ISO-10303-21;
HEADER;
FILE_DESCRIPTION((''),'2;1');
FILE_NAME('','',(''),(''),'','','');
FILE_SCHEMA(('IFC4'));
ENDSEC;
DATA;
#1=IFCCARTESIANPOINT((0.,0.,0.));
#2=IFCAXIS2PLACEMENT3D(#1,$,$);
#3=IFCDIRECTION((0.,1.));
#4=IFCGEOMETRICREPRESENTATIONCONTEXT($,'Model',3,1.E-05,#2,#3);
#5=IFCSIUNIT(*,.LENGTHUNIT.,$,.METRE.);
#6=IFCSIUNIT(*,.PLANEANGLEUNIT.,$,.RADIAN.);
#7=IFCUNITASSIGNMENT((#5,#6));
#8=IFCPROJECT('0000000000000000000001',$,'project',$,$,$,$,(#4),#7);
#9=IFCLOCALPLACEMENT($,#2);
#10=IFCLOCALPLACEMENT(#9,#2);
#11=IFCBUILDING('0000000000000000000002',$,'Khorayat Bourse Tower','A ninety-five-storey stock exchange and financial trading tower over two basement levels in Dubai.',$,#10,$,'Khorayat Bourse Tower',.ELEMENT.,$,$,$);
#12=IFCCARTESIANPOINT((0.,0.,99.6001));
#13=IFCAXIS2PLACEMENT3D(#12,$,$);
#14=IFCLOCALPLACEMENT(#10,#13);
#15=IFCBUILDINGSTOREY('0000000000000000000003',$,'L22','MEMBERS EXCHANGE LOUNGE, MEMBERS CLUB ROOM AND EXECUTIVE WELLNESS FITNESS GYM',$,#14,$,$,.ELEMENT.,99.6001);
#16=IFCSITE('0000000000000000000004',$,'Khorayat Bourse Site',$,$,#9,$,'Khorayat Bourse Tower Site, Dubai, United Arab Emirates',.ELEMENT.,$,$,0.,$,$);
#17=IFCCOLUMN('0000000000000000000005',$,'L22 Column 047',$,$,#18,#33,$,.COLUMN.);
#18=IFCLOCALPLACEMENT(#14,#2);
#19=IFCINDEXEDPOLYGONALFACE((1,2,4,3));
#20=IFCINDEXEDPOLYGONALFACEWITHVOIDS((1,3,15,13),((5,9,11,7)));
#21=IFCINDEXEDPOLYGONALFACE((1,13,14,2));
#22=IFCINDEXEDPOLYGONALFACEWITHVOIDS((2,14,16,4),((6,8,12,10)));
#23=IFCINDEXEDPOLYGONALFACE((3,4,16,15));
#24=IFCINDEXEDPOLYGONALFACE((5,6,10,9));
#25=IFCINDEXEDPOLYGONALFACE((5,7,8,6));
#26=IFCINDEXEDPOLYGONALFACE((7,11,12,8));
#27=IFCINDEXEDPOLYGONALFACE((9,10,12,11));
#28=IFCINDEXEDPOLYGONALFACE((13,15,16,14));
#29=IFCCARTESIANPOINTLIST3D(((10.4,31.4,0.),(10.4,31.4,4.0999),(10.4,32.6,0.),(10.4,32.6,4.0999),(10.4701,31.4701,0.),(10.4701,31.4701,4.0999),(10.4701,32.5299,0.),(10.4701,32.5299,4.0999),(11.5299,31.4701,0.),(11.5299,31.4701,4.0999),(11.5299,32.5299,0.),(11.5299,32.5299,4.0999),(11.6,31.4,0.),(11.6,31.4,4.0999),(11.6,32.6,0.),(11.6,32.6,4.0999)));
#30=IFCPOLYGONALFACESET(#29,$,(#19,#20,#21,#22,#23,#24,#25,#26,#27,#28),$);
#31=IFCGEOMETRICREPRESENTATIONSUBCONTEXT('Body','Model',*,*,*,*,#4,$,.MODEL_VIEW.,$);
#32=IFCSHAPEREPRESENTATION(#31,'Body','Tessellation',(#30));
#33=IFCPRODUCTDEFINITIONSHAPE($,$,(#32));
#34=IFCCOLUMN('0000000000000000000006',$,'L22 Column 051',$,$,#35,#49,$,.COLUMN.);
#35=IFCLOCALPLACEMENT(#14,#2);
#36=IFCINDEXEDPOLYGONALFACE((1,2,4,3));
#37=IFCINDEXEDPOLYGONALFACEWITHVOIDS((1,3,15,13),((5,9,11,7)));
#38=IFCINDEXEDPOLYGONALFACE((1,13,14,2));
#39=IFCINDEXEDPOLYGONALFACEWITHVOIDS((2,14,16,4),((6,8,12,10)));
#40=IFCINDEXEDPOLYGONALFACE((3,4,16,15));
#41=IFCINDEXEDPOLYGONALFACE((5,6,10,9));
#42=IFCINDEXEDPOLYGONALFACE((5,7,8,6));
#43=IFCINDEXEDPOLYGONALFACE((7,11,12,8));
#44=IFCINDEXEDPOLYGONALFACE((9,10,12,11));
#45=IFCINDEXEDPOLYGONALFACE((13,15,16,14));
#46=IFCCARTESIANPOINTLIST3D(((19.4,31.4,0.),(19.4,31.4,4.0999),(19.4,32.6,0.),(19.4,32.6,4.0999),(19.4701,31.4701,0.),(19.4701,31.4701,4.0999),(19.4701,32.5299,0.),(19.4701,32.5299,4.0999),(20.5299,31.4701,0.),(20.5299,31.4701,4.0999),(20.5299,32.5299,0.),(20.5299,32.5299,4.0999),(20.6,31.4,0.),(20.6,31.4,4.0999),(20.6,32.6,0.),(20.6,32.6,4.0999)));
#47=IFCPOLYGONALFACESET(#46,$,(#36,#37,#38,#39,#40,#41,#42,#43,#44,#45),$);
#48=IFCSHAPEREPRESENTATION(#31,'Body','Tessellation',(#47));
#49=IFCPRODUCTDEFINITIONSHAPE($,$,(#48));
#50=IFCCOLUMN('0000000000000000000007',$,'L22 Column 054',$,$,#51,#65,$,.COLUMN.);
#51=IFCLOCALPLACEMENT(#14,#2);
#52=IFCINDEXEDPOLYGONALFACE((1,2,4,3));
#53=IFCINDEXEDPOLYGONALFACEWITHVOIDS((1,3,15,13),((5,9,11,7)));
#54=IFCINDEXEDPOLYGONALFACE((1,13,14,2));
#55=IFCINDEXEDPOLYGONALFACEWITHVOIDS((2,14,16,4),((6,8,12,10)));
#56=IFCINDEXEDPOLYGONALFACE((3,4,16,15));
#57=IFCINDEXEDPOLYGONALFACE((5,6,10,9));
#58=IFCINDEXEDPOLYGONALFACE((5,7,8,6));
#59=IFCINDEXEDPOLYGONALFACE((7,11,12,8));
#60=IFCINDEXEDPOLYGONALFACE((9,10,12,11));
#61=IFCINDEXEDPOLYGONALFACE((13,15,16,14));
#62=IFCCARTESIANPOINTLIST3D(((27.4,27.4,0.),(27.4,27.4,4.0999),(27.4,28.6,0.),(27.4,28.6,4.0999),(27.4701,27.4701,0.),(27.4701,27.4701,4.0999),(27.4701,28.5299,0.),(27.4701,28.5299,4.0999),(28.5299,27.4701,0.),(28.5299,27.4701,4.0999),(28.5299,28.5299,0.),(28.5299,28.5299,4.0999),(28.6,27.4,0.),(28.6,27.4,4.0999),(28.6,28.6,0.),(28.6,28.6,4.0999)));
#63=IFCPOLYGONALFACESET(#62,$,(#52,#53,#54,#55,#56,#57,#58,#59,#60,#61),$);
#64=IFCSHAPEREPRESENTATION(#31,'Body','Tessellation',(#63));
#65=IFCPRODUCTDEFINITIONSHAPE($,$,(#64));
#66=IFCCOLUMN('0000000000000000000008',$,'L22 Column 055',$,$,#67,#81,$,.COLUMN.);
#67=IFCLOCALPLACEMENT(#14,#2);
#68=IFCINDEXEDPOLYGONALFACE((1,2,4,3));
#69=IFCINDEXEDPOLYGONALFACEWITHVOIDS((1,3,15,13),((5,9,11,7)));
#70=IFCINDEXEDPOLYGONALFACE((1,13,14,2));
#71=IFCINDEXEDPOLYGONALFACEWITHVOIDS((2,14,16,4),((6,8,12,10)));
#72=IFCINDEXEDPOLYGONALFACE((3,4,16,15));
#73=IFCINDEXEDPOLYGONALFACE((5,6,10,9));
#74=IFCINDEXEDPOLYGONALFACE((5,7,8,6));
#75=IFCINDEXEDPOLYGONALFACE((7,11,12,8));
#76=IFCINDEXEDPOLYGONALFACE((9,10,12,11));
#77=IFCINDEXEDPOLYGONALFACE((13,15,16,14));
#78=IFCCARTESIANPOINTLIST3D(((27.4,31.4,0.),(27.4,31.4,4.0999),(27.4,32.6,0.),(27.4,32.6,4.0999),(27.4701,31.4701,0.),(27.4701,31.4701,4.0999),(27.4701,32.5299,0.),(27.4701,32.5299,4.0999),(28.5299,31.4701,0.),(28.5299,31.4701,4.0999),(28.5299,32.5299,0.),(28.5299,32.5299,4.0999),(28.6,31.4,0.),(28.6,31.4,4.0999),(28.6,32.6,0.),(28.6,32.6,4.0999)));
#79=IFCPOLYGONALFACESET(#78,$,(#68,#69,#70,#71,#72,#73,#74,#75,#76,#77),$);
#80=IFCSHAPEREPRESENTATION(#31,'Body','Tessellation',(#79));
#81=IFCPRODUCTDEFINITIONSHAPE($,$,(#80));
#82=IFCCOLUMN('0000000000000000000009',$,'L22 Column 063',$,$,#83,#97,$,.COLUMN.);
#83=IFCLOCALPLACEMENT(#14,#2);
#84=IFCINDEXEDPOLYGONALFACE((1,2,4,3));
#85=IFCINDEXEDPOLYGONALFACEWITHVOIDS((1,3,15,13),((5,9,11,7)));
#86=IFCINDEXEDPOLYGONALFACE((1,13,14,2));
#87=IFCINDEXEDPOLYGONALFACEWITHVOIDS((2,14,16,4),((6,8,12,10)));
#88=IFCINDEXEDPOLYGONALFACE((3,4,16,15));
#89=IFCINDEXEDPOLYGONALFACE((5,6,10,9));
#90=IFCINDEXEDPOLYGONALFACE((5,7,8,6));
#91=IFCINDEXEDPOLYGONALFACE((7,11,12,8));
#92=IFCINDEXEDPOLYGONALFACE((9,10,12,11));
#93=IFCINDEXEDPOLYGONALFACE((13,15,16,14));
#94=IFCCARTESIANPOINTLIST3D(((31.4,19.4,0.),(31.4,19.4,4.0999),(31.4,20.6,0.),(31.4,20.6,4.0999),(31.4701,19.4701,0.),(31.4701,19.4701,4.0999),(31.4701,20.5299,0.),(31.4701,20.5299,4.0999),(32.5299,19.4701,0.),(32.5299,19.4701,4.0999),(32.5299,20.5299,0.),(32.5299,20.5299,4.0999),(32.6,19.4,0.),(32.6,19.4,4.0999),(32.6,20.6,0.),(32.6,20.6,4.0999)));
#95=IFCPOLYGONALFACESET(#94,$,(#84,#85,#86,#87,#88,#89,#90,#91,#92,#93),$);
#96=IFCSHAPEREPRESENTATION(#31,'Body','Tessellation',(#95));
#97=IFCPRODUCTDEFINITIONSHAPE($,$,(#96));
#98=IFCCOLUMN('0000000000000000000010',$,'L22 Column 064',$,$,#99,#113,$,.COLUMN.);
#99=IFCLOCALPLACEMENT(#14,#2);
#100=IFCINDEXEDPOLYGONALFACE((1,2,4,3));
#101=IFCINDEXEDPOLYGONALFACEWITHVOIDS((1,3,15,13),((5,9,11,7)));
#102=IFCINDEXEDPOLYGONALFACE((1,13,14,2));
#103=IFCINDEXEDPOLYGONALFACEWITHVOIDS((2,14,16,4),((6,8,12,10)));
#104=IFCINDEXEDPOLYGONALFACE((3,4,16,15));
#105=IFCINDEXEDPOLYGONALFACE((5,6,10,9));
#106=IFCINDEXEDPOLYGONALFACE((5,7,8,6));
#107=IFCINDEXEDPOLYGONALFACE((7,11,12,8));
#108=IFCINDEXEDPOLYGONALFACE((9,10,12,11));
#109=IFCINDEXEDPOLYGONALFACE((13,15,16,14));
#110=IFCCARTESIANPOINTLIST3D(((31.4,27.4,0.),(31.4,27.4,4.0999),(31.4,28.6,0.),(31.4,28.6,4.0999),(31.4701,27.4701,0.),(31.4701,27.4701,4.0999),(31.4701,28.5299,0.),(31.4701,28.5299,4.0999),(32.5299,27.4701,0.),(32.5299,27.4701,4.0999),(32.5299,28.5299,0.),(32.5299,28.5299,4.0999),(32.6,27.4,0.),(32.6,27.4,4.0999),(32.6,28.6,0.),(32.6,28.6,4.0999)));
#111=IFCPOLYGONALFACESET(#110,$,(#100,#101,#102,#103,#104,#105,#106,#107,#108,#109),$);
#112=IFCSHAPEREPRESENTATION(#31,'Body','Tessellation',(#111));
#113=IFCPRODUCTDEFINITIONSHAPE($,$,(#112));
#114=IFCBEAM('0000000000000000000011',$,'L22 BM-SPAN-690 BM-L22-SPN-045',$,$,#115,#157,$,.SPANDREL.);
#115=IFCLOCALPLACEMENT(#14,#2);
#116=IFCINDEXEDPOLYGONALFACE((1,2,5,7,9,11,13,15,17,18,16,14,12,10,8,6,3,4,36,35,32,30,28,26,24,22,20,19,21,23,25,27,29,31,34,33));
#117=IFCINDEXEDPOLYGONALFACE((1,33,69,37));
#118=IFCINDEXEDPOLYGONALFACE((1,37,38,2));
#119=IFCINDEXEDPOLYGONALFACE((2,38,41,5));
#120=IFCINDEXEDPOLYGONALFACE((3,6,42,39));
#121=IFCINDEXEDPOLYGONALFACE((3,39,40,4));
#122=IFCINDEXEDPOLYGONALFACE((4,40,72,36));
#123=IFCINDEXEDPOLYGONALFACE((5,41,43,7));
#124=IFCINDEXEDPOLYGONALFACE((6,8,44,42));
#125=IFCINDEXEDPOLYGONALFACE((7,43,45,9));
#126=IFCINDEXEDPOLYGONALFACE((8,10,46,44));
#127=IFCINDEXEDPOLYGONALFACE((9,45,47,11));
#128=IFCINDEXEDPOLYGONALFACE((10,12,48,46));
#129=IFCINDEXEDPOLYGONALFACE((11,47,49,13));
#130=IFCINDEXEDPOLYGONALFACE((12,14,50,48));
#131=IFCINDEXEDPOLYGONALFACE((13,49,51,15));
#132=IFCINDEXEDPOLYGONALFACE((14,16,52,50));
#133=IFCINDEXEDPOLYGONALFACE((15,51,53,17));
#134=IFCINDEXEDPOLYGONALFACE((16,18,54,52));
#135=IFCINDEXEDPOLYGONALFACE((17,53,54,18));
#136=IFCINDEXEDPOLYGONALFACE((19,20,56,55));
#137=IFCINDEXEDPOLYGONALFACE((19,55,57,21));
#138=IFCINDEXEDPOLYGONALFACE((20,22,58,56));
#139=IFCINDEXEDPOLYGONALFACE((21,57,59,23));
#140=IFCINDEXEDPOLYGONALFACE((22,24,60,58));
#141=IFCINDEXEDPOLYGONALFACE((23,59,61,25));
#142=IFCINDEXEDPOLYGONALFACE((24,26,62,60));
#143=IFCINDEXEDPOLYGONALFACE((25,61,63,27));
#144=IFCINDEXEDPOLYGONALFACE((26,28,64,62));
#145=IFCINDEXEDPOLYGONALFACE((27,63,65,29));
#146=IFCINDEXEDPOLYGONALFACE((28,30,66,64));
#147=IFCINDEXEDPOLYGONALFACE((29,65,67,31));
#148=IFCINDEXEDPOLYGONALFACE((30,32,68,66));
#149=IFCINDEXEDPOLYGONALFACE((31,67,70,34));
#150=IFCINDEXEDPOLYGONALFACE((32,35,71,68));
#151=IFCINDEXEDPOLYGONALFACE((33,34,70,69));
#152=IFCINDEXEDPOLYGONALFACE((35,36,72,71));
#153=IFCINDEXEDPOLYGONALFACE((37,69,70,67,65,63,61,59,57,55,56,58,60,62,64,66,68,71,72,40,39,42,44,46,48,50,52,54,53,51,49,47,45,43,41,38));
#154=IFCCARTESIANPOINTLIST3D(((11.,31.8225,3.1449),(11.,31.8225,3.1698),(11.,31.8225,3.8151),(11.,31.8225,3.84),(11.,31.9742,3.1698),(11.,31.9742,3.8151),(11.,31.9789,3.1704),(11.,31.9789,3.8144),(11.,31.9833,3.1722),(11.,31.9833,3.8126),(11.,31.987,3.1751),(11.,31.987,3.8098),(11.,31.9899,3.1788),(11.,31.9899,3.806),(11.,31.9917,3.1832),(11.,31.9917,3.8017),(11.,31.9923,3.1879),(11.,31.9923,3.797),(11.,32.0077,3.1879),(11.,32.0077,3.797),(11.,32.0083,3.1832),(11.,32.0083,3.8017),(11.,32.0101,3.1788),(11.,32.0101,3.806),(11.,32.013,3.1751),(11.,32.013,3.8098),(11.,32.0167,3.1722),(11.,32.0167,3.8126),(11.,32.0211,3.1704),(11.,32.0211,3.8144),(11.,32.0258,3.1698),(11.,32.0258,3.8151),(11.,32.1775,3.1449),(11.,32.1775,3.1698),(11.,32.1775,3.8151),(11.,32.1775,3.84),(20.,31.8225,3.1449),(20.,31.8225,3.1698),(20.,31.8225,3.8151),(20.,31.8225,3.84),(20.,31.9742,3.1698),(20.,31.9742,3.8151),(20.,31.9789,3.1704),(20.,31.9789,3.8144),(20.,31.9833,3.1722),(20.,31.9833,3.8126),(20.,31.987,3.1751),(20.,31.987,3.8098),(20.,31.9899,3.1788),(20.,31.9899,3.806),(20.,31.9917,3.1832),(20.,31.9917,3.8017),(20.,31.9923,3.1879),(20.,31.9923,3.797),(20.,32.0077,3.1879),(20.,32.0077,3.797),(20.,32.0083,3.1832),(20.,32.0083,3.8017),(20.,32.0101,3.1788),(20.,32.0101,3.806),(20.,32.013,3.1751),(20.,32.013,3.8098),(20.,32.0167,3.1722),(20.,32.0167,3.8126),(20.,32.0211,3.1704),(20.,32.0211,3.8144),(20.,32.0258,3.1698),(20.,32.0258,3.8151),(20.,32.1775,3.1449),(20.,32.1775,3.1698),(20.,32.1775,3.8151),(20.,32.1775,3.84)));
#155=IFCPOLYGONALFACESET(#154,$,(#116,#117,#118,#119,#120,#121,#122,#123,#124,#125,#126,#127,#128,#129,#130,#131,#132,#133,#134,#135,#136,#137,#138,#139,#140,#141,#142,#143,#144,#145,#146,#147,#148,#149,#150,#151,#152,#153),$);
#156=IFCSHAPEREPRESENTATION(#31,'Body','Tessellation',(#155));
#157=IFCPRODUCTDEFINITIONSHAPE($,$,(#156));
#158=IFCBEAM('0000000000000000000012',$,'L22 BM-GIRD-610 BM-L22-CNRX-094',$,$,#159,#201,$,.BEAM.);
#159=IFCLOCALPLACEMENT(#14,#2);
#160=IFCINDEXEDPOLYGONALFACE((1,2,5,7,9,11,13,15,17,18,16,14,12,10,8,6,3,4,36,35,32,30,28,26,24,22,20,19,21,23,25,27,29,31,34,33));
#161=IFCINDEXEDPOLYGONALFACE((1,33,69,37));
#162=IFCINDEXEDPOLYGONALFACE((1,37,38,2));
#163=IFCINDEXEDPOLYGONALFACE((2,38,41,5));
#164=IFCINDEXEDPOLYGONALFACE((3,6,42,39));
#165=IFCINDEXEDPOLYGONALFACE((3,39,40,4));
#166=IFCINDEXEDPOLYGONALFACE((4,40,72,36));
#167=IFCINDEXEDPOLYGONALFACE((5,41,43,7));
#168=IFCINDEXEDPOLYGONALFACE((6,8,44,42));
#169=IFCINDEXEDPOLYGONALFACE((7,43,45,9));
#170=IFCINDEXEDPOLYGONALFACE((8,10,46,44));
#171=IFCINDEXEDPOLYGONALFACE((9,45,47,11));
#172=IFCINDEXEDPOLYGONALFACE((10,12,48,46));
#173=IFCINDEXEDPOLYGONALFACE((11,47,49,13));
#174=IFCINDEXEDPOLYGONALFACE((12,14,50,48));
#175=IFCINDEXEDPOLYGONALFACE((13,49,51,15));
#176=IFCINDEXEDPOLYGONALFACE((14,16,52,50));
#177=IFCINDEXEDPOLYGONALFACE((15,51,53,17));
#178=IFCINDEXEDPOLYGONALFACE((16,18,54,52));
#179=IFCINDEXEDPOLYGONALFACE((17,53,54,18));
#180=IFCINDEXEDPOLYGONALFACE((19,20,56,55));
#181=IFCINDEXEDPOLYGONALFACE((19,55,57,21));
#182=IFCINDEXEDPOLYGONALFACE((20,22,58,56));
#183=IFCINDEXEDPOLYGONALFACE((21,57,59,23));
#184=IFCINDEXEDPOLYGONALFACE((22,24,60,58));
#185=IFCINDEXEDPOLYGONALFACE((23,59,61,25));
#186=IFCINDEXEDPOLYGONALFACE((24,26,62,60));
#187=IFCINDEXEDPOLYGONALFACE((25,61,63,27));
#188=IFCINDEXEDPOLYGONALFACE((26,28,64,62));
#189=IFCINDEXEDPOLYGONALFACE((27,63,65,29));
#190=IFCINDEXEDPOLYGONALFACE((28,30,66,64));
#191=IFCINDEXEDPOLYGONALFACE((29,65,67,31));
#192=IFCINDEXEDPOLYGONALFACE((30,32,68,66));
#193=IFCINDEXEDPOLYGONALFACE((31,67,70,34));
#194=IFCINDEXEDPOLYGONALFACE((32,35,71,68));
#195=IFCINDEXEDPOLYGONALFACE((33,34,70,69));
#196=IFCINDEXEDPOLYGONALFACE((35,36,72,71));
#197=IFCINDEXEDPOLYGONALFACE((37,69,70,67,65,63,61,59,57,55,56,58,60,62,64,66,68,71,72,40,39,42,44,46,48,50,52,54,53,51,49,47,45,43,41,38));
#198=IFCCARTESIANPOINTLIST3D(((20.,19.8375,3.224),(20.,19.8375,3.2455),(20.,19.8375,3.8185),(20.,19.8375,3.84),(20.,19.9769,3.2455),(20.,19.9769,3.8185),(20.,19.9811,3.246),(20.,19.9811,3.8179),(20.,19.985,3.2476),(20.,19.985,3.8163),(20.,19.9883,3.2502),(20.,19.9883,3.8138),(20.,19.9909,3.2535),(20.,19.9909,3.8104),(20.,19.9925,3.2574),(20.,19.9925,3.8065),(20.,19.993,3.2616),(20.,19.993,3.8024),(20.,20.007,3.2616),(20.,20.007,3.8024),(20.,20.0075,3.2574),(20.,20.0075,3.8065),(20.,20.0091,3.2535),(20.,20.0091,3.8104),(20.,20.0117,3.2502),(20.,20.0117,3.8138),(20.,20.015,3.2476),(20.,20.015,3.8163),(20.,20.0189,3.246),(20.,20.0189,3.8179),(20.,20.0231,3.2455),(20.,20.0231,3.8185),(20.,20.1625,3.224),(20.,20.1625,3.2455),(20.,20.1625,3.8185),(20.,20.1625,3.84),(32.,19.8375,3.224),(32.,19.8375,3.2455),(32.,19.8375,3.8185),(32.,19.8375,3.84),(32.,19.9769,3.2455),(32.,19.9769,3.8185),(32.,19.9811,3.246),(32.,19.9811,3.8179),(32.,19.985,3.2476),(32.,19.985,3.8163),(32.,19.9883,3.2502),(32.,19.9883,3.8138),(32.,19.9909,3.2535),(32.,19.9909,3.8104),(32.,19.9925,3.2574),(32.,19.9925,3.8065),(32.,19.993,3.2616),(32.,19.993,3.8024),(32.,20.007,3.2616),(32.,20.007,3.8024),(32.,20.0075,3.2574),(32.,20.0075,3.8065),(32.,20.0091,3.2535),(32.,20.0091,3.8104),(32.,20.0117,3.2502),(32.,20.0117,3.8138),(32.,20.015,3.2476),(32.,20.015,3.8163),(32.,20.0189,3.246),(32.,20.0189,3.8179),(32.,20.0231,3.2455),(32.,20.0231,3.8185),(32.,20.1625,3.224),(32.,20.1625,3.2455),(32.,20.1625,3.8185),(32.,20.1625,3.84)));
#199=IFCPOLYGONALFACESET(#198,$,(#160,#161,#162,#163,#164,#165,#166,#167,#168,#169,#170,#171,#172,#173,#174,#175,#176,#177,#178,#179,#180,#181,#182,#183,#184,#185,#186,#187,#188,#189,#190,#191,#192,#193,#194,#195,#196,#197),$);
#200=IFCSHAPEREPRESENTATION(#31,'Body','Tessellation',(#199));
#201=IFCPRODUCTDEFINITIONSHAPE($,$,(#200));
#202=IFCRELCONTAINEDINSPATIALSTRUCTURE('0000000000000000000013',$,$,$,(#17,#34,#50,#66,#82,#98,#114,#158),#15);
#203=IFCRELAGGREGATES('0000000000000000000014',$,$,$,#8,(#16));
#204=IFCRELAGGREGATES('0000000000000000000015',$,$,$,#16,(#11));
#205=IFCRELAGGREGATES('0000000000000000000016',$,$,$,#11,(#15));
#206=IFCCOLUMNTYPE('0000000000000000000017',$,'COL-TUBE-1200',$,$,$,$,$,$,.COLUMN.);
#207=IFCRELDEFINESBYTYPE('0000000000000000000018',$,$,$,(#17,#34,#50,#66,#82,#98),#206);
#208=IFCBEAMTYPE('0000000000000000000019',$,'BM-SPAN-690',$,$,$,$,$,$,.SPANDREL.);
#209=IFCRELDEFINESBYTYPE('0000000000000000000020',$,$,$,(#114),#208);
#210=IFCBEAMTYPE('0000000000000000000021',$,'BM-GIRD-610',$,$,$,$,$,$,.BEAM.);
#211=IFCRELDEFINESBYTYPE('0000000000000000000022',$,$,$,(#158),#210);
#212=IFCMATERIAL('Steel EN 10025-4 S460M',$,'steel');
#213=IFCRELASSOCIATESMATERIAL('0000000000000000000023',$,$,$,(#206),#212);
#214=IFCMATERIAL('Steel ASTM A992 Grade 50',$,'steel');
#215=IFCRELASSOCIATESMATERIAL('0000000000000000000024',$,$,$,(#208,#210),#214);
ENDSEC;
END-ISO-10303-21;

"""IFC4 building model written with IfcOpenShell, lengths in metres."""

from ifc_helpers import new_model, si_unit, direction, frame, origin, origin_2d, place, context, subcontext, project, spatial, hollow_rectangle, i_section, extrude, source, transform, mapped, material, material_profile, profile_set, type_object, element, save


model = new_model("IFC4")

# Units and contexts
model_context = context("Model", 3, precision=1e-05, world=origin(), true_north=direction((0.0, 1.0)))
body_context = subcontext(model_context, "Body", "Model", "MODEL_VIEW")
ifc_project = project(units=[si_unit("LENGTHUNIT", "METRE"), si_unit("PLANEANGLEUNIT", "RADIAN")], contexts=[model_context])

# Site, building, storey
site_placement = place(None, origin())
site = spatial("IfcSite", under=ifc_project, at=site_placement, Name="Khorayat Bourse Site", LongName="Khorayat Bourse Tower Site, Dubai, United Arab Emirates", CompositionType="ELEMENT", RefElevation=0.0)
building_placement = place(site_placement, origin())
building = spatial("IfcBuilding", under=site, at=building_placement, Name="Khorayat Bourse Tower", Description="A ninety-five-storey stock exchange and financial trading tower over two basement levels in Dubai.", LongName="Khorayat Bourse Tower", CompositionType="ELEMENT")
storey_placement = place(building_placement, frame((0.0, 0.0, 99.6001)))
storey = spatial("IfcBuildingStorey", under=building, at=storey_placement, Name="L22", Description="MEMBERS EXCHANGE LOUNGE, MEMBERS CLUB ROOM AND EXECUTIVE WELLNESS FITNESS GYM", CompositionType="ELEMENT", Elevation=99.6001)

# Columns
ifc_material_1 = material(Name="Steel EN 10025-4 S460M", Category="steel")
ifc_material_profile_1 = material_profile(ifc_material_1, hollow_rectangle(XDim=1.2, YDim=1.2, WallThickness=0.0701, at=origin_2d()), Name="BOX 1200x1200x70")
ifc_profile_set_1 = profile_set([ifc_material_profile_1], Name="Steel EN 10025-4 S460M")
column_type = type_object("IfcColumnType", Name="COL-TUBE-1200", PredefinedType="COLUMN", material=ifc_profile_set_1)
shared_shape_1 = source(origin(), body_context, "Body", "SweptSolid", [
    extrude(hollow_rectangle(XDim=1.2, YDim=1.2, WallThickness=0.0701, at=origin_2d()), origin(), (0.0, 0.0, 1.0), 4.0999),
])
for number, where, z_axis, x_axis, name in (
    (1, (11.0, 32.0, 0.0), (0.0, 0.0, 1.0), (1.0, 0.0, 0.0), "L22 Column 047"),
    (2, (20.0, 32.0, 0.0), (0.0, 0.0, 1.0), (1.0, 0.0, 0.0), "L22 Column 051"),
    (3, (28.0, 28.0, 0.0), (0.0, 0.0, 1.0), (1.0, 0.0, 0.0), "L22 Column 054"),
    (4, (28.0, 32.0, 0.0), (0.0, 0.0, 1.0), (1.0, 0.0, 0.0), "L22 Column 055"),
    (5, (32.0, 20.0, 0.0), (0.0, 0.0, 1.0), (1.0, 0.0, 0.0), "L22 Column 063"),
    (6, (32.0, 28.0, 0.0), (0.0, 0.0, 1.0), (1.0, 0.0, 0.0), "L22 Column 064"),
):
    element("IfcColumn", number, at=place(storey_placement, frame(where, z_axis=z_axis, x_axis=x_axis)), inside=storey, type_object=column_type, Name=name, PredefinedType="COLUMN", context=body_context, shape_type="MappedRepresentation", body=[
        mapped(shared_shape_1, transform((0.0, 0.0, 0.0), scale=1.0)),
    ])

# Beams
ifc_material_2 = material(Name="Steel ASTM A992 Grade 50", Category="steel")
ifc_material_profile_2 = material_profile(ifc_material_2, i_section(OverallWidth=0.355, OverallDepth=0.6951, WebThickness=0.0154, FlangeThickness=0.0249, FilletRadius=0.0181, at=origin_2d()), Name="W690X217")
ifc_profile_set_2 = profile_set([ifc_material_profile_2], Name="Steel ASTM A992 Grade 50")
beam_type_1 = type_object("IfcBeamType", Name="BM-SPAN-690", PredefinedType="SPANDREL", material=ifc_profile_set_2)
shared_shape_2 = source(origin(), body_context, "Body", "SweptSolid", [
    extrude(i_section(OverallWidth=0.355, OverallDepth=0.6951, WebThickness=0.0154, FlangeThickness=0.0249, FilletRadius=0.0181, at=origin_2d()), origin(), (0.0, 0.0, 1.0), 9.0),
])
beam_1_placement = place(storey_placement, frame((11.0, 32.0, 3.4924), z_axis=(1.0, 0.0, 0.0), x_axis=(0.0, 1.0, 0.0)))
element("IfcBeam", 7, at=beam_1_placement, inside=storey, type_object=beam_type_1, Name="L22 BM-SPAN-690 BM-L22-SPN-045", PredefinedType="SPANDREL", context=body_context, shape_type="MappedRepresentation", body=[
    mapped(shared_shape_2, transform((0.0, 0.0, 0.0), scale=1.0)),
])
ifc_material_profile_3 = material_profile(ifc_material_2, i_section(OverallWidth=0.325, OverallDepth=0.616, WebThickness=0.0139, FlangeThickness=0.0215, FilletRadius=0.0161, at=origin_2d()), Name="W610X174")
ifc_profile_set_3 = profile_set([ifc_material_profile_3], Name="Steel ASTM A992 Grade 50")
beam_type_2 = type_object("IfcBeamType", Name="BM-GIRD-610", PredefinedType="BEAM", material=ifc_profile_set_3)
shared_shape_3 = source(origin(), body_context, "Body", "SweptSolid", [
    extrude(i_section(OverallWidth=0.325, OverallDepth=0.616, WebThickness=0.0139, FlangeThickness=0.0215, FilletRadius=0.0161, at=origin_2d()), origin(), (0.0, 0.0, 1.0), 12.0),
])
beam_2_placement = place(storey_placement, frame((20.0, 20.0, 3.532), z_axis=(1.0, 0.0, 0.0), x_axis=(0.0, 1.0, 0.0)))
element("IfcBeam", 8, at=beam_2_placement, inside=storey, type_object=beam_type_2, Name="L22 BM-GIRD-610 BM-L22-CNRX-094", PredefinedType="BEAM", context=body_context, shape_type="MappedRepresentation", body=[
    mapped(shared_shape_3, transform((0.0, 0.0, 0.0), scale=1.0)),
])

save(model, "model.ifc")
